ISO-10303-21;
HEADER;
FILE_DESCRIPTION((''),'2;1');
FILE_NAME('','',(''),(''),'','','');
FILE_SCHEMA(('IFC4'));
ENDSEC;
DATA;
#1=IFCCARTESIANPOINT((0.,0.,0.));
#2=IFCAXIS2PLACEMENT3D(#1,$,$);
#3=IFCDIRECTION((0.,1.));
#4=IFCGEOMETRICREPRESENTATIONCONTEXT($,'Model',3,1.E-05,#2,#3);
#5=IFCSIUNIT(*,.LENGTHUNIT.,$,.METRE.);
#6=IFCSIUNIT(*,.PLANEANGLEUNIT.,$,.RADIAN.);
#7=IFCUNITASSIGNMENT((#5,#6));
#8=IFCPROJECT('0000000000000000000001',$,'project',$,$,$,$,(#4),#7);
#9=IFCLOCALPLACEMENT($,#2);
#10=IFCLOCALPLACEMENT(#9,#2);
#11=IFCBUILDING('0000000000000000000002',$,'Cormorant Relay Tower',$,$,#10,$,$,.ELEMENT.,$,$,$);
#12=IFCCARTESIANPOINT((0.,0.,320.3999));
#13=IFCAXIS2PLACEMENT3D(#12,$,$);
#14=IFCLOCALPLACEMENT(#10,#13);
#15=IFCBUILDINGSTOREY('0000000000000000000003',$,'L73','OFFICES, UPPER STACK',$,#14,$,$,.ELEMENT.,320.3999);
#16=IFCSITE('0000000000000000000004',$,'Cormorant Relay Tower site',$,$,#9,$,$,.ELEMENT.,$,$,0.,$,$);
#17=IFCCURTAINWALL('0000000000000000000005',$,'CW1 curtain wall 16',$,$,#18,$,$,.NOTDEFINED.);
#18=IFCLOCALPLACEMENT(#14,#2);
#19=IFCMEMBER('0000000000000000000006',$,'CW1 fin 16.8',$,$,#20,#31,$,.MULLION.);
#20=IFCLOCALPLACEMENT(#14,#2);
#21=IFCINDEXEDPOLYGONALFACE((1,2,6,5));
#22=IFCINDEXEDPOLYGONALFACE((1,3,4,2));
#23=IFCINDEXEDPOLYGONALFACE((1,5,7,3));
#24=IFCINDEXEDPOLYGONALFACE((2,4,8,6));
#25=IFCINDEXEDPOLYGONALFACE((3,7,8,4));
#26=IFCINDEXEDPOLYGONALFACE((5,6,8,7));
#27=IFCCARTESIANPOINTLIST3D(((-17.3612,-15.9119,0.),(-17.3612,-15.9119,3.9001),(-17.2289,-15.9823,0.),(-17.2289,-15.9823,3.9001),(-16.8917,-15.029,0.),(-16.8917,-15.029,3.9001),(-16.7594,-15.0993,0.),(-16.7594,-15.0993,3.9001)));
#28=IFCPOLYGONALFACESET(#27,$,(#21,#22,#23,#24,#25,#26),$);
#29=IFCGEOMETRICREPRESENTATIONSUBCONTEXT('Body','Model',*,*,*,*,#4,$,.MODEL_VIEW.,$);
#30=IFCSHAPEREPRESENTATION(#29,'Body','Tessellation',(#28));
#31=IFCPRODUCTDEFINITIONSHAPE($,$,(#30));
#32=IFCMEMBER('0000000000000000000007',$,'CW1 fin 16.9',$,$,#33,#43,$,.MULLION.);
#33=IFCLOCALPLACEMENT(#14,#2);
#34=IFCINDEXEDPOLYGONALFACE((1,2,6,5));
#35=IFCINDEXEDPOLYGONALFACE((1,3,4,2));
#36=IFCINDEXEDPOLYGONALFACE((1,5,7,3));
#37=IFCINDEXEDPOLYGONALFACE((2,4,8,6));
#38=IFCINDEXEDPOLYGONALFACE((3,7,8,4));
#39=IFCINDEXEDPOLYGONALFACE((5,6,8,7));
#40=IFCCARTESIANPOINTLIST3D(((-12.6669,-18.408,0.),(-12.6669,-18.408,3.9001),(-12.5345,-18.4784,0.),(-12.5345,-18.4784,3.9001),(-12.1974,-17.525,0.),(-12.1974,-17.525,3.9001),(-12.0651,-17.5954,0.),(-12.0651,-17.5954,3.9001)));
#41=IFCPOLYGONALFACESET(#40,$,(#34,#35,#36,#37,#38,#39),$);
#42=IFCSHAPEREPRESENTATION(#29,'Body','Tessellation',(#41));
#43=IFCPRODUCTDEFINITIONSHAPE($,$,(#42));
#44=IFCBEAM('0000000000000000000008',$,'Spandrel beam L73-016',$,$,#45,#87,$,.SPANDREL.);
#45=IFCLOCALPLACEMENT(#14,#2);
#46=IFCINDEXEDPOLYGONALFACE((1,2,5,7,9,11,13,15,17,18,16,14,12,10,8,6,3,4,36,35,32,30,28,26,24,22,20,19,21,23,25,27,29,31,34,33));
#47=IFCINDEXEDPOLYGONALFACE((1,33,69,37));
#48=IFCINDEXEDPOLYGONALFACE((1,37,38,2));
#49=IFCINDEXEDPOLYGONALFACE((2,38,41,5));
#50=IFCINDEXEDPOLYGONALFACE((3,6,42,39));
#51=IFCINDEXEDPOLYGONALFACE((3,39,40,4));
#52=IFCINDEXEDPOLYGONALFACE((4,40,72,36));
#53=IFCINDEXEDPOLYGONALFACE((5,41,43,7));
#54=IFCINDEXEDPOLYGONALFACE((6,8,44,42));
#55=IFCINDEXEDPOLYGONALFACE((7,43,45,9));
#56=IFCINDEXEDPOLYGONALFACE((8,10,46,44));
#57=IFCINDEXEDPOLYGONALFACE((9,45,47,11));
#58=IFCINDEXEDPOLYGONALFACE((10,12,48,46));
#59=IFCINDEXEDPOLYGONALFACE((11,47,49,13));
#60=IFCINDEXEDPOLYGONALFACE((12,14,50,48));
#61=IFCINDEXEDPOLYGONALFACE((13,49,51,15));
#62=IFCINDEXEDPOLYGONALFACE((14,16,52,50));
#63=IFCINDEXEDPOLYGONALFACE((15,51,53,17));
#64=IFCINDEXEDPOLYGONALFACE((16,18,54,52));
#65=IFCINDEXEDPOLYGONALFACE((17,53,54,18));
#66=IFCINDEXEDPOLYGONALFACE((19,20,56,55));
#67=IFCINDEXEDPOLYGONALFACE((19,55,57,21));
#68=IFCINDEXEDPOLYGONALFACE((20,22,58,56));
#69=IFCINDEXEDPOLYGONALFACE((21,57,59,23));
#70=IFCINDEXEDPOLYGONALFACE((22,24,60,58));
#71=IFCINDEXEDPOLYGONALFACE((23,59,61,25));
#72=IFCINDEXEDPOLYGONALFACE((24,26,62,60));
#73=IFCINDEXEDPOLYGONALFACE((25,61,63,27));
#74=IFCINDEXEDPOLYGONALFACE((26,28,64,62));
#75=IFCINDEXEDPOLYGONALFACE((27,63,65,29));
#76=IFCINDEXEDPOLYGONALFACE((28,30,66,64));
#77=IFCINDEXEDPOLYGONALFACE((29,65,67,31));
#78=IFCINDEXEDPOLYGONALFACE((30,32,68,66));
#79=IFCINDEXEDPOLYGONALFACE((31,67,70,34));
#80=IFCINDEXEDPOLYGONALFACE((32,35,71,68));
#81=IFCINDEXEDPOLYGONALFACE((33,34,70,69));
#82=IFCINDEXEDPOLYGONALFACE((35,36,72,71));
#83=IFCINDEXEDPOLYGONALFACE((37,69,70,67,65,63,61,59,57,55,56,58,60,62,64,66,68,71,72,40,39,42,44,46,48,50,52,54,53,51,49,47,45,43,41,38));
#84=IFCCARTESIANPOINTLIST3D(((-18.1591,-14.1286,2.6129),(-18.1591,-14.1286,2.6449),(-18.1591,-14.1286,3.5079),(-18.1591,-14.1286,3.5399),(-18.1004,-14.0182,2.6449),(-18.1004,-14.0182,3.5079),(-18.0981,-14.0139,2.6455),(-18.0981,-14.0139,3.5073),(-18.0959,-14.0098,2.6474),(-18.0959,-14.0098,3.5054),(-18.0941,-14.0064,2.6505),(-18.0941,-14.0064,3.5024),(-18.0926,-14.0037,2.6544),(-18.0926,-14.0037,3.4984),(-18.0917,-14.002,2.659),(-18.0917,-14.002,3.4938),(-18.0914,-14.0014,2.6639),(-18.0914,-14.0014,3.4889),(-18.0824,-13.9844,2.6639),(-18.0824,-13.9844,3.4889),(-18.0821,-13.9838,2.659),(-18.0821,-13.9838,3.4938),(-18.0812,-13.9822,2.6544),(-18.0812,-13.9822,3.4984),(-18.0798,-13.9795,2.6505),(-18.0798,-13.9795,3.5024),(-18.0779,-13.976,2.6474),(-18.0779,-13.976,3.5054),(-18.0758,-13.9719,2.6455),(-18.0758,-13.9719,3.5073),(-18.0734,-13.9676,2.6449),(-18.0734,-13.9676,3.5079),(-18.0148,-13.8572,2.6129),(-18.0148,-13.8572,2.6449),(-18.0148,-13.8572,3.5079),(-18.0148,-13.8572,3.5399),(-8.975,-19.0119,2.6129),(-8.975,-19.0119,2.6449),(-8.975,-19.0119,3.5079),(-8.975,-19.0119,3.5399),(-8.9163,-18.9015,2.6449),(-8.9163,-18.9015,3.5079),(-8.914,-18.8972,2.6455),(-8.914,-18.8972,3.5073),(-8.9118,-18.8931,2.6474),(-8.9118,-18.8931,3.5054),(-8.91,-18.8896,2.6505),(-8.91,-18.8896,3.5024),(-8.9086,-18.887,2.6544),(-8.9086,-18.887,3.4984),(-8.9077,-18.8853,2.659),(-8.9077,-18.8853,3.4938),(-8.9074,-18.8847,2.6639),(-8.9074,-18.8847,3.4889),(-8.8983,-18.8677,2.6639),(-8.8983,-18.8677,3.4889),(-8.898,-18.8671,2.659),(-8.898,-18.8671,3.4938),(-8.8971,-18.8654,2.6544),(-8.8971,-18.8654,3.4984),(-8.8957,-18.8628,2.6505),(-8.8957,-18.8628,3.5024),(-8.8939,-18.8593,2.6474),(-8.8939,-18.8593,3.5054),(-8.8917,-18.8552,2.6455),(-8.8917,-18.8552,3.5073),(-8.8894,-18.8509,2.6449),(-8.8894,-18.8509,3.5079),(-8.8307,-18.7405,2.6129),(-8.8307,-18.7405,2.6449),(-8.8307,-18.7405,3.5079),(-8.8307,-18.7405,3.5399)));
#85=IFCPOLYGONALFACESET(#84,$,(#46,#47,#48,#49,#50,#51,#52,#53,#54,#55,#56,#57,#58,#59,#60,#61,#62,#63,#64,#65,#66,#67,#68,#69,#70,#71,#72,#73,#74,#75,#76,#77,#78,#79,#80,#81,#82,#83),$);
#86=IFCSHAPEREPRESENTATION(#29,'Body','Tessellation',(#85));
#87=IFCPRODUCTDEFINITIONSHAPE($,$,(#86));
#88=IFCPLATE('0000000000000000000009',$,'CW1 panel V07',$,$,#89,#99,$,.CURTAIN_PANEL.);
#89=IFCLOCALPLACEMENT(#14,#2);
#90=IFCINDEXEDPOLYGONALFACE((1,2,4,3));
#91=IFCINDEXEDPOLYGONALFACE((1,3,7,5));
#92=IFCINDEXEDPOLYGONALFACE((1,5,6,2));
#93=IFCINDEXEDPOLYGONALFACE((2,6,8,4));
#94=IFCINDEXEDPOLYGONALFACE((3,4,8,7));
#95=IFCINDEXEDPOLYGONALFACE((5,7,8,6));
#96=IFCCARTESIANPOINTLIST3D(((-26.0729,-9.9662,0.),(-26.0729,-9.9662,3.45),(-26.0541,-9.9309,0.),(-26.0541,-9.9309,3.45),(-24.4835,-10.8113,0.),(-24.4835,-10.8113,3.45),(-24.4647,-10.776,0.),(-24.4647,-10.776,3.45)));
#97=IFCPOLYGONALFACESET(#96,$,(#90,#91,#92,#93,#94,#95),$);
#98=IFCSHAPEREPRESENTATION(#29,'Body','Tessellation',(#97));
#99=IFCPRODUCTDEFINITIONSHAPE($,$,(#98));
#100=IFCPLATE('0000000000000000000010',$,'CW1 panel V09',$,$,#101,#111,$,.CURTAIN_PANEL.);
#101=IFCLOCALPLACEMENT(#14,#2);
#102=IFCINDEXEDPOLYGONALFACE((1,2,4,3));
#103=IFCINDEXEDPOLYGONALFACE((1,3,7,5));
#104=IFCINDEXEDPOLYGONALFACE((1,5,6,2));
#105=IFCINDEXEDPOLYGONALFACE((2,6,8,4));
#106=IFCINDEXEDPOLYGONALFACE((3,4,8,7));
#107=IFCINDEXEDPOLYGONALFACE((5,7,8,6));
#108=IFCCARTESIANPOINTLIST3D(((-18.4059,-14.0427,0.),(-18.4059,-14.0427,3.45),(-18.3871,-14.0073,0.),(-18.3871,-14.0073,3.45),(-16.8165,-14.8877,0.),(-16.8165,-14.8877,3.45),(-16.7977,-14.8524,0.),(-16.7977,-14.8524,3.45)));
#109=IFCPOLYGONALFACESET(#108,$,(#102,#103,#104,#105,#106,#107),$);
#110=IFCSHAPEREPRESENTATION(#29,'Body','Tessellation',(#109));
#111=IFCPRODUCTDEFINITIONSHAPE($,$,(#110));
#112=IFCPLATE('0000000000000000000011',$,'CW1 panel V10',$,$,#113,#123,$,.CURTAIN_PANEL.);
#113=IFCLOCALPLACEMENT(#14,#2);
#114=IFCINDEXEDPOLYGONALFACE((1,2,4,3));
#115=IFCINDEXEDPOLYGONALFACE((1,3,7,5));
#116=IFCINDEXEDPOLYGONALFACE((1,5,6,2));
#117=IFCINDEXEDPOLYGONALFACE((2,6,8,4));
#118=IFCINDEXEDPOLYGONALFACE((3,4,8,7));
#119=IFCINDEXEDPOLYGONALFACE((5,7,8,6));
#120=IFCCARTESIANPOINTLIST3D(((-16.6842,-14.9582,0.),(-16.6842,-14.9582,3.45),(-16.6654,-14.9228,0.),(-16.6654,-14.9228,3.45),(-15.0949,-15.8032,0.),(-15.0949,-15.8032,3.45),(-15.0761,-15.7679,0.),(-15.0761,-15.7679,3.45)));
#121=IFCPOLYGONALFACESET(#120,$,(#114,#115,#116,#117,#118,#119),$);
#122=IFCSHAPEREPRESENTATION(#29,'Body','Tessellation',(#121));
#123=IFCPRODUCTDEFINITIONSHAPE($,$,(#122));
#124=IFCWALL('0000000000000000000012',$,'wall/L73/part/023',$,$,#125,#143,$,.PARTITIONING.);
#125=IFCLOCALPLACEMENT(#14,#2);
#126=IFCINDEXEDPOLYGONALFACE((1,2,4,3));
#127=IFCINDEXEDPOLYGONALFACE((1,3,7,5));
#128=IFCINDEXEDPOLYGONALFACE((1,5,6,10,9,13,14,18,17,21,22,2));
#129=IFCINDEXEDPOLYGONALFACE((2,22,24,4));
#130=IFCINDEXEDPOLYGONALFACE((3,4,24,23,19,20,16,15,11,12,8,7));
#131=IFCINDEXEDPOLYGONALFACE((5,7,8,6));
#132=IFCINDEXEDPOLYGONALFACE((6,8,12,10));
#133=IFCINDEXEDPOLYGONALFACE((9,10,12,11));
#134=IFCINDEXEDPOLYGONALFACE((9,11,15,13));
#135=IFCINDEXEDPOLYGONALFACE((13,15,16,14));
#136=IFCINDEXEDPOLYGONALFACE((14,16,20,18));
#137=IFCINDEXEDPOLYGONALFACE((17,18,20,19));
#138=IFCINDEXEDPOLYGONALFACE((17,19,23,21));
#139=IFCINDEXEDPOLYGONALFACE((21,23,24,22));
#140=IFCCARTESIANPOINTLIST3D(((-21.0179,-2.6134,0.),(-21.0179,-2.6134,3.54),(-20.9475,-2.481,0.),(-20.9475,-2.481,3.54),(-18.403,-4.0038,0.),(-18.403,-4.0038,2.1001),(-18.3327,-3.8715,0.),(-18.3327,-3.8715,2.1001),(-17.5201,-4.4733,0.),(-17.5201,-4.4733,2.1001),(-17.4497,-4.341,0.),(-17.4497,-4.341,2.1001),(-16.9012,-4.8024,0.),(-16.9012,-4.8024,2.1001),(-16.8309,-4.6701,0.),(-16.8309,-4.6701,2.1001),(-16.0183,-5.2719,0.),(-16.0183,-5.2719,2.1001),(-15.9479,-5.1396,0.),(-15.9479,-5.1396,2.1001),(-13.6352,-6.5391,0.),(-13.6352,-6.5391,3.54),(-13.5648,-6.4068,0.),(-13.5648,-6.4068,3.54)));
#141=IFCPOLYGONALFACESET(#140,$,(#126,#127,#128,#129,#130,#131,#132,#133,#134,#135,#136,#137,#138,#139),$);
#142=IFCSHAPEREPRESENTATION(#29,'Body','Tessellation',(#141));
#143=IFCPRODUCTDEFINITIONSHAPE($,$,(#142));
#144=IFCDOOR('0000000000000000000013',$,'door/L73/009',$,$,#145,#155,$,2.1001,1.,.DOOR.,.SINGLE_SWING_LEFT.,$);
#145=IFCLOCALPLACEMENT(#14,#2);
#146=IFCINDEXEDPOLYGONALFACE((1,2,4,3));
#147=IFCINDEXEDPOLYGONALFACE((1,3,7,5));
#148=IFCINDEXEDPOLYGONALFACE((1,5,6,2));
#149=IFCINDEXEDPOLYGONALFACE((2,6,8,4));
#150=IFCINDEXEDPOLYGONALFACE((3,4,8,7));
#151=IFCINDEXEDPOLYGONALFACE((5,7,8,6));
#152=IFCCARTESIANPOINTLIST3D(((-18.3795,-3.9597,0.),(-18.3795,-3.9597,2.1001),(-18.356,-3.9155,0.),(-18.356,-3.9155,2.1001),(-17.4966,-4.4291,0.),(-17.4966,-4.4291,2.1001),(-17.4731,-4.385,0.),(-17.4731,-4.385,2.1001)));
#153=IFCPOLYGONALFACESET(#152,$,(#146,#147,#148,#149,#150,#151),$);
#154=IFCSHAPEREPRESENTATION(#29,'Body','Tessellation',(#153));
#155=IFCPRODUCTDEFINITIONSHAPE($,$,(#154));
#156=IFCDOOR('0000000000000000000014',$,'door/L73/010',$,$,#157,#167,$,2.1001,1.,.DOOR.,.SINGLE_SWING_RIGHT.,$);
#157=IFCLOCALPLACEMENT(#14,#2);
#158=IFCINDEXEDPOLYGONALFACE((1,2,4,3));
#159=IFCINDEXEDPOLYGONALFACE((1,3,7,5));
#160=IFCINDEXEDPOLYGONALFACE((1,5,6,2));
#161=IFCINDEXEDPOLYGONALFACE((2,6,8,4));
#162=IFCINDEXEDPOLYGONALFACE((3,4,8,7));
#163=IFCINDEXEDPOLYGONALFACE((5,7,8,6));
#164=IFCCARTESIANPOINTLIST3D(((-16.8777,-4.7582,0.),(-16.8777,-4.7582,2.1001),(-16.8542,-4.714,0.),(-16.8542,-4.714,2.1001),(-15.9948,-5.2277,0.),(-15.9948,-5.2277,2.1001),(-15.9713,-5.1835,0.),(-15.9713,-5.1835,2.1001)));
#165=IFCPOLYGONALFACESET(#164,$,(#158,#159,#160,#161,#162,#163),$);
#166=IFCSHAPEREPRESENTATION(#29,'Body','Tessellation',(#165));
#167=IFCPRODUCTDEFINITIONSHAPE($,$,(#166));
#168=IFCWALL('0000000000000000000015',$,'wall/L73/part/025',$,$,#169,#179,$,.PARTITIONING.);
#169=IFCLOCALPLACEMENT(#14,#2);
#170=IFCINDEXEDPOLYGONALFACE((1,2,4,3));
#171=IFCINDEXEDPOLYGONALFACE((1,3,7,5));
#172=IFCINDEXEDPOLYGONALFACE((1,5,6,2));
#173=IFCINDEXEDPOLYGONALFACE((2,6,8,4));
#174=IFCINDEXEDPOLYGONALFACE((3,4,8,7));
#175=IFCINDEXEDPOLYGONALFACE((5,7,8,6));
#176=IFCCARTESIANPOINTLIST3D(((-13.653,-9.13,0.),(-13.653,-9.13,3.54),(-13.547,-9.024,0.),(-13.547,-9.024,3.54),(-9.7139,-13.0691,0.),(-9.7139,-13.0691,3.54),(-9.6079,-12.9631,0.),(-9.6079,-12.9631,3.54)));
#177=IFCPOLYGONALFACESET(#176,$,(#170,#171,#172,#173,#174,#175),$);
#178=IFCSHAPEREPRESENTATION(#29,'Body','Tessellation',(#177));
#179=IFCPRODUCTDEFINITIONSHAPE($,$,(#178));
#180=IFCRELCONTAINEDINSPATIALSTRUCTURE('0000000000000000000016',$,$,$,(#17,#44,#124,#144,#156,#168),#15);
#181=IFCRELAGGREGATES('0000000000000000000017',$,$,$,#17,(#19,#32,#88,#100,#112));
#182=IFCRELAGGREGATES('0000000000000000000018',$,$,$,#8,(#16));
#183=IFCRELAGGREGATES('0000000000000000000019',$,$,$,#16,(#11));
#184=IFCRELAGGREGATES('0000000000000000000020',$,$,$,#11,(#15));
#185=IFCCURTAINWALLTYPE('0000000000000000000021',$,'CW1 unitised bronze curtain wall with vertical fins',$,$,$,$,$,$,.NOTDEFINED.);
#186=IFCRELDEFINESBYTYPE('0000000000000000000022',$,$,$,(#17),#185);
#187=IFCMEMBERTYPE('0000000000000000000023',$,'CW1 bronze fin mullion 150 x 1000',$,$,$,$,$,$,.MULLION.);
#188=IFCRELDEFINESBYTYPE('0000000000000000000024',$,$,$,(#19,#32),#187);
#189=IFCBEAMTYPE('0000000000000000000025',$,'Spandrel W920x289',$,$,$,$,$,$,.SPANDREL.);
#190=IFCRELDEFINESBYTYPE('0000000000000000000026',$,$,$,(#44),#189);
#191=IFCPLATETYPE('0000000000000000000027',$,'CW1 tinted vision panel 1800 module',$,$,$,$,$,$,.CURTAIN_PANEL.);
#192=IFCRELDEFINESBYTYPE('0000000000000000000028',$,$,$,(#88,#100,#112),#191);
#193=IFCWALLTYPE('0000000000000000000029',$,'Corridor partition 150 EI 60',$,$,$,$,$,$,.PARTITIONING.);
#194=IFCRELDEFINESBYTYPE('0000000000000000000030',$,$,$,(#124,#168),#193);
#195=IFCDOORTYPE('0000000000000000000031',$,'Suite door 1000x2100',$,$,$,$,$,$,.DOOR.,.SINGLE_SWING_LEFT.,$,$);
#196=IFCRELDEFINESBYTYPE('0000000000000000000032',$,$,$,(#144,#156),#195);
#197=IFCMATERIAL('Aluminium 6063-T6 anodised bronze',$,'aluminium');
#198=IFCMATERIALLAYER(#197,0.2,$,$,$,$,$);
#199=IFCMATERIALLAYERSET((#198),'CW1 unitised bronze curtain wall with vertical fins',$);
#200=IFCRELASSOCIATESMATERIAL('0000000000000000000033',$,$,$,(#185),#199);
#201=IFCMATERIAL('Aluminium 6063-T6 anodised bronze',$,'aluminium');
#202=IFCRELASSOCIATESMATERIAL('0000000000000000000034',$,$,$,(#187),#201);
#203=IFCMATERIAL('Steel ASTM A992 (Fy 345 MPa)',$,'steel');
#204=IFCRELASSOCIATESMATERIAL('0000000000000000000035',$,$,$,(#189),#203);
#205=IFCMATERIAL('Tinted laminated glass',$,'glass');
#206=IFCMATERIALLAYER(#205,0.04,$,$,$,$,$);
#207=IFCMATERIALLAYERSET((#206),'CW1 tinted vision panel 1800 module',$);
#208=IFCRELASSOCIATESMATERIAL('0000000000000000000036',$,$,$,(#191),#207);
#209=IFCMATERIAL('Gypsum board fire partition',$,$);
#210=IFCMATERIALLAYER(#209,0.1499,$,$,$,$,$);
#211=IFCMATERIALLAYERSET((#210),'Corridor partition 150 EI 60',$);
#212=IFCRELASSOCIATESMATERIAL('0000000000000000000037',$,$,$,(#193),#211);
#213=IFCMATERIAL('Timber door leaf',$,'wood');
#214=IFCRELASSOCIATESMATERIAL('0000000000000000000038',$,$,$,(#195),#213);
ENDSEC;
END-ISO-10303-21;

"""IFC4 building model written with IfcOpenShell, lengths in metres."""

from ifc_helpers import new_model, si_unit, direction, frame, frame_2d, origin, origin_2d, place, context, subcontext, project, spatial, rectangle, i_section, extrude, material, layer, layer_set, material_profile, profile_set, type_object, element, fill, aggregate, save


model = new_model("IFC4")

# Units and contexts
model_context = context("Model", 3, precision=1e-05, world=origin(), true_north=direction((0.0, 1.0)))
body_context = subcontext(model_context, "Body", "Model", "MODEL_VIEW")
ifc_project = project(units=[si_unit("LENGTHUNIT", "METRE"), si_unit("PLANEANGLEUNIT", "RADIAN")], contexts=[model_context])

# Site, building, storey
site_placement = place(None, origin())
site = spatial("IfcSite", under=ifc_project, at=site_placement, Name="Cormorant Relay Tower site", CompositionType="ELEMENT", RefElevation=0.0)
building_placement = place(site_placement, origin())
building = spatial("IfcBuilding", under=site, at=building_placement, Name="Cormorant Relay Tower", CompositionType="ELEMENT")
storey_placement = place(building_placement, frame((0.0, 0.0, 320.3999)))
storey = spatial("IfcBuildingStorey", under=building, at=storey_placement, Name="L73", Description="OFFICES, UPPER STACK", CompositionType="ELEMENT", Elevation=320.3999)

# Curtain wall, members
ifc_material_1 = material(Name="Aluminium 6063-T6 anodised bronze", Category="aluminium")
ifc_layer_1 = layer(ifc_material_1, 0.2)
ifc_layer_set_1 = layer_set([ifc_layer_1], Name="CW1 unitised bronze curtain wall with vertical fins")
curtain_wall_type = type_object("IfcCurtainWallType", Name="CW1 unitised bronze curtain wall with vertical fins", PredefinedType="NOTDEFINED", material=ifc_layer_set_1)
curtain_wall_placement = place(storey_placement, origin())
curtain_wall = element("IfcCurtainWall", 1, at=curtain_wall_placement, inside=storey, type_object=curtain_wall_type, Name="CW1 curtain wall 16", PredefinedType="NOTDEFINED")
ifc_material_2 = material(Name="Aluminium 6063-T6 anodised bronze", Category="aluminium")
ifc_material_profile_1 = material_profile(ifc_material_2, rectangle(XDim=0.1499, YDim=1.0, at=origin_2d()), Name="AL 150x1000")
ifc_profile_set_1 = profile_set([ifc_material_profile_1], Name="Aluminium 6063-T6 anodised bronze")
member_type = type_object("IfcMemberType", Name="CW1 bronze fin mullion 150 x 1000", PredefinedType="MULLION", material=ifc_profile_set_1)
member_1_placement = place(storey_placement, frame((-17.0603, -15.5056, 0.0), z_axis=(0.0, 0.0, 1.0), x_axis=(0.882948, -0.469472, 0.0)))
member_1 = element("IfcMember", 2, at=member_1_placement, type_object=member_type, Name="CW1 fin 16.8", PredefinedType="MULLION", context=body_context, shape_type="SweptSolid", body=[
    extrude(rectangle(XDim=0.1499, YDim=1.0, at=origin_2d()), origin(), (0.0, 0.0, 1.0), 3.9001),
])
member_2_placement = place(storey_placement, frame((-12.366, -18.0017, 0.0), z_axis=(0.0, 0.0, 1.0), x_axis=(0.882948, -0.469472, 0.0)))
member_2 = element("IfcMember", 3, at=member_2_placement, type_object=member_type, Name="CW1 fin 16.9", PredefinedType="MULLION", context=body_context, shape_type="SweptSolid", body=[
    extrude(rectangle(XDim=0.1499, YDim=1.0, at=origin_2d()), origin(), (0.0, 0.0, 1.0), 3.9001),
])

# Beam
ifc_material_3 = material(Name="Steel ASTM A992 (Fy 345 MPa)", Category="steel")
ifc_material_profile_2 = material_profile(ifc_material_3, i_section(OverallWidth=0.3074, OverallDepth=0.927, WebThickness=0.0193, FlangeThickness=0.032, FilletRadius=0.019, at=origin_2d()), Name="W920x289")
ifc_profile_set_2 = profile_set([ifc_material_profile_2], Name="Steel ASTM A992 (Fy 345 MPa)")
beam_type = type_object("IfcBeamType", Name="Spandrel W920x289", PredefinedType="SPANDREL", material=ifc_profile_set_2)
beam_placement = place(storey_placement, frame((-18.0869, -13.9929, 3.0764), z_axis=(0.882946, -0.469474, 0.0), x_axis=(0.469474, 0.882946, 0.0)))
element("IfcBeam", 4, at=beam_placement, inside=storey, type_object=beam_type, Name="Spandrel beam L73-016", PredefinedType="SPANDREL", context=body_context, shape_type="SweptSolid", body=[
    extrude(i_section(OverallWidth=0.3074, OverallDepth=0.927, WebThickness=0.0193, FlangeThickness=0.032, FilletRadius=0.019, at=origin_2d()), origin(), (0.0, 0.0, 1.0), 10.4016),
])

# Plates
ifc_material_4 = material(Name="Tinted laminated glass", Category="glass")
ifc_layer_2 = layer(ifc_material_4, 0.04)
ifc_layer_set_2 = layer_set([ifc_layer_2], Name="CW1 tinted vision panel 1800 module")
plate_type = type_object("IfcPlateType", Name="CW1 tinted vision panel 1800 module", PredefinedType="CURTAIN_PANEL", material=ifc_layer_set_2)
plate_1_placement = place(storey_placement, frame((-25.2688, -10.3711, 0.0), z_axis=(0.0, 0.0, 1.0), x_axis=(0.882948, -0.469472, 0.0)))
plate_1 = element("IfcPlate", 5, at=plate_1_placement, type_object=plate_type, Name="CW1 panel V07", PredefinedType="CURTAIN_PANEL", context=body_context, shape_type="SweptSolid", body=[
    extrude(rectangle(XDim=1.8, YDim=0.04, at=origin_2d()), origin(), (0.0, 0.0, 1.0), 3.45),
])
plate_2_placement = place(storey_placement, frame((-17.6018, -14.4475, 0.0), z_axis=(0.0, 0.0, 1.0), x_axis=(0.882948, -0.469472, 0.0)))
plate_2 = element("IfcPlate", 6, at=plate_2_placement, type_object=plate_type, Name="CW1 panel V09", PredefinedType="CURTAIN_PANEL", context=body_context, shape_type="SweptSolid", body=[
    extrude(rectangle(XDim=1.8, YDim=0.04, at=origin_2d()), origin(), (0.0, 0.0, 1.0), 3.45),
])
plate_3_placement = place(storey_placement, frame((-15.8801, -15.363, 0.0), z_axis=(0.0, 0.0, 1.0), x_axis=(0.882948, -0.469472, 0.0)))
plate_3 = element("IfcPlate", 7, at=plate_3_placement, type_object=plate_type, Name="CW1 panel V10", PredefinedType="CURTAIN_PANEL", context=body_context, shape_type="SweptSolid", body=[
    extrude(rectangle(XDim=1.8, YDim=0.04, at=origin_2d()), origin(), (0.0, 0.0, 1.0), 3.45),
])

# Wall, openings, doors
ifc_material_5 = material(Name="Gypsum board fire partition")
ifc_layer_3 = layer(ifc_material_5, 0.1499)
ifc_layer_set_3 = layer_set([ifc_layer_3], Name="Corridor partition 150 EI 60")
wall_type_1 = type_object("IfcWallType", Name="Corridor partition 150 EI 60", PredefinedType="PARTITIONING", material=ifc_layer_set_3)
wall_1_placement = place(storey_placement, frame((-13.6001, -6.4729, 0.0), z_axis=(0.0, 0.0, 1.0), x_axis=(-0.882934, 0.469497, 0.0)))
wall_1 = element("IfcWall", 8, at=wall_1_placement, inside=storey, type_object=wall_type_1, Name="wall/L73/part/023", PredefinedType="PARTITIONING", context=body_context, shape_type="SweptSolid", body=[
    extrude(rectangle(XDim=8.3616, YDim=0.1499, at=frame_2d((4.1807, 0.0))), origin(), (0.0, 0.0, 1.0), 3.54),
])
opening_1_placement = place(wall_1_placement, frame((4.3999, 0.0, 0.0)))
opening_1 = element("IfcOpeningElement", 9, at=opening_1_placement, cuts=wall_1, PredefinedType="OPENING", context=body_context, shape_type="SweptSolid", body=[
    extrude(rectangle(XDim=1.0, YDim=2.1001, at=frame_2d((0.5, 1.05))), frame((0.0, 0.085, 0.0), z_axis=(0.0, -1.0, 0.0), x_axis=(1.0, 0.0, 0.0)), (0.0, 0.0, 1.0), 0.1699),
])
opening_2_placement = place(wall_1_placement, frame((2.699, 0.0, 0.0)))
opening_2 = element("IfcOpeningElement", 10, at=opening_2_placement, cuts=wall_1, PredefinedType="OPENING", context=body_context, shape_type="SweptSolid", body=[
    extrude(rectangle(XDim=1.0, YDim=2.1001, at=frame_2d((0.5, 1.05))), frame((0.0, 0.085, 0.0), z_axis=(0.0, -1.0, 0.0), x_axis=(1.0, 0.0, 0.0)), (0.0, 0.0, 1.0), 0.1699),
])
ifc_material_6 = material(Name="Timber door leaf", Category="wood")
door_type = type_object("IfcDoorType", Name="Suite door 1000x2100", OperationType="SINGLE_SWING_LEFT", PredefinedType="DOOR", material=ifc_material_6)
door_1_placement = place(opening_1_placement, origin())
door_1 = element("IfcDoor", 11, at=door_1_placement, inside=storey, type_object=door_type, Name="door/L73/009", OperationType="SINGLE_SWING_LEFT", OverallHeight=2.1001, OverallWidth=1.0, PredefinedType="DOOR", context=body_context, shape_type="SweptSolid", body=[
    extrude(rectangle(XDim=1.0, YDim=2.1001, at=frame_2d((0.5, 1.05))), frame((0.0, 0.0249, 0.0), z_axis=(0.0, -1.0, 0.0), x_axis=(1.0, 0.0, 0.0)), (0.0, 0.0, 1.0), 0.05),
])
fill(opening_1, door_1)
door_2_placement = place(opening_2_placement, origin())
door_2 = element("IfcDoor", 12, at=door_2_placement, inside=storey, type_object=door_type, Name="door/L73/010", OperationType="SINGLE_SWING_RIGHT", OverallHeight=2.1001, OverallWidth=1.0, PredefinedType="DOOR", context=body_context, shape_type="SweptSolid", body=[
    extrude(rectangle(XDim=1.0, YDim=2.1001, at=frame_2d((0.5, 1.05))), frame((0.0, 0.0249, 0.0), z_axis=(0.0, -1.0, 0.0), x_axis=(1.0, 0.0, 0.0)), (0.0, 0.0, 1.0), 0.05),
])
fill(opening_2, door_2)

# Wall
wall_2_placement = place(storey_placement, frame((-9.6609, -13.0161, 0.0), z_axis=(0.0, 0.0, 1.0), x_axis=(-0.707107, 0.707107, 0.0)))
element("IfcWall", 13, at=wall_2_placement, inside=storey, type_object=wall_type_1, Name="wall/L73/part/025", PredefinedType="PARTITIONING", context=body_context, shape_type="SweptSolid", body=[
    extrude(rectangle(XDim=5.5708, YDim=0.1499, at=frame_2d((2.7854, 0.0))), origin(), (0.0, 0.0, 1.0), 3.54),
])

aggregate(curtain_wall, [member_1, member_2, plate_1, plate_2, plate_3])

save(model, "model.ifc")
